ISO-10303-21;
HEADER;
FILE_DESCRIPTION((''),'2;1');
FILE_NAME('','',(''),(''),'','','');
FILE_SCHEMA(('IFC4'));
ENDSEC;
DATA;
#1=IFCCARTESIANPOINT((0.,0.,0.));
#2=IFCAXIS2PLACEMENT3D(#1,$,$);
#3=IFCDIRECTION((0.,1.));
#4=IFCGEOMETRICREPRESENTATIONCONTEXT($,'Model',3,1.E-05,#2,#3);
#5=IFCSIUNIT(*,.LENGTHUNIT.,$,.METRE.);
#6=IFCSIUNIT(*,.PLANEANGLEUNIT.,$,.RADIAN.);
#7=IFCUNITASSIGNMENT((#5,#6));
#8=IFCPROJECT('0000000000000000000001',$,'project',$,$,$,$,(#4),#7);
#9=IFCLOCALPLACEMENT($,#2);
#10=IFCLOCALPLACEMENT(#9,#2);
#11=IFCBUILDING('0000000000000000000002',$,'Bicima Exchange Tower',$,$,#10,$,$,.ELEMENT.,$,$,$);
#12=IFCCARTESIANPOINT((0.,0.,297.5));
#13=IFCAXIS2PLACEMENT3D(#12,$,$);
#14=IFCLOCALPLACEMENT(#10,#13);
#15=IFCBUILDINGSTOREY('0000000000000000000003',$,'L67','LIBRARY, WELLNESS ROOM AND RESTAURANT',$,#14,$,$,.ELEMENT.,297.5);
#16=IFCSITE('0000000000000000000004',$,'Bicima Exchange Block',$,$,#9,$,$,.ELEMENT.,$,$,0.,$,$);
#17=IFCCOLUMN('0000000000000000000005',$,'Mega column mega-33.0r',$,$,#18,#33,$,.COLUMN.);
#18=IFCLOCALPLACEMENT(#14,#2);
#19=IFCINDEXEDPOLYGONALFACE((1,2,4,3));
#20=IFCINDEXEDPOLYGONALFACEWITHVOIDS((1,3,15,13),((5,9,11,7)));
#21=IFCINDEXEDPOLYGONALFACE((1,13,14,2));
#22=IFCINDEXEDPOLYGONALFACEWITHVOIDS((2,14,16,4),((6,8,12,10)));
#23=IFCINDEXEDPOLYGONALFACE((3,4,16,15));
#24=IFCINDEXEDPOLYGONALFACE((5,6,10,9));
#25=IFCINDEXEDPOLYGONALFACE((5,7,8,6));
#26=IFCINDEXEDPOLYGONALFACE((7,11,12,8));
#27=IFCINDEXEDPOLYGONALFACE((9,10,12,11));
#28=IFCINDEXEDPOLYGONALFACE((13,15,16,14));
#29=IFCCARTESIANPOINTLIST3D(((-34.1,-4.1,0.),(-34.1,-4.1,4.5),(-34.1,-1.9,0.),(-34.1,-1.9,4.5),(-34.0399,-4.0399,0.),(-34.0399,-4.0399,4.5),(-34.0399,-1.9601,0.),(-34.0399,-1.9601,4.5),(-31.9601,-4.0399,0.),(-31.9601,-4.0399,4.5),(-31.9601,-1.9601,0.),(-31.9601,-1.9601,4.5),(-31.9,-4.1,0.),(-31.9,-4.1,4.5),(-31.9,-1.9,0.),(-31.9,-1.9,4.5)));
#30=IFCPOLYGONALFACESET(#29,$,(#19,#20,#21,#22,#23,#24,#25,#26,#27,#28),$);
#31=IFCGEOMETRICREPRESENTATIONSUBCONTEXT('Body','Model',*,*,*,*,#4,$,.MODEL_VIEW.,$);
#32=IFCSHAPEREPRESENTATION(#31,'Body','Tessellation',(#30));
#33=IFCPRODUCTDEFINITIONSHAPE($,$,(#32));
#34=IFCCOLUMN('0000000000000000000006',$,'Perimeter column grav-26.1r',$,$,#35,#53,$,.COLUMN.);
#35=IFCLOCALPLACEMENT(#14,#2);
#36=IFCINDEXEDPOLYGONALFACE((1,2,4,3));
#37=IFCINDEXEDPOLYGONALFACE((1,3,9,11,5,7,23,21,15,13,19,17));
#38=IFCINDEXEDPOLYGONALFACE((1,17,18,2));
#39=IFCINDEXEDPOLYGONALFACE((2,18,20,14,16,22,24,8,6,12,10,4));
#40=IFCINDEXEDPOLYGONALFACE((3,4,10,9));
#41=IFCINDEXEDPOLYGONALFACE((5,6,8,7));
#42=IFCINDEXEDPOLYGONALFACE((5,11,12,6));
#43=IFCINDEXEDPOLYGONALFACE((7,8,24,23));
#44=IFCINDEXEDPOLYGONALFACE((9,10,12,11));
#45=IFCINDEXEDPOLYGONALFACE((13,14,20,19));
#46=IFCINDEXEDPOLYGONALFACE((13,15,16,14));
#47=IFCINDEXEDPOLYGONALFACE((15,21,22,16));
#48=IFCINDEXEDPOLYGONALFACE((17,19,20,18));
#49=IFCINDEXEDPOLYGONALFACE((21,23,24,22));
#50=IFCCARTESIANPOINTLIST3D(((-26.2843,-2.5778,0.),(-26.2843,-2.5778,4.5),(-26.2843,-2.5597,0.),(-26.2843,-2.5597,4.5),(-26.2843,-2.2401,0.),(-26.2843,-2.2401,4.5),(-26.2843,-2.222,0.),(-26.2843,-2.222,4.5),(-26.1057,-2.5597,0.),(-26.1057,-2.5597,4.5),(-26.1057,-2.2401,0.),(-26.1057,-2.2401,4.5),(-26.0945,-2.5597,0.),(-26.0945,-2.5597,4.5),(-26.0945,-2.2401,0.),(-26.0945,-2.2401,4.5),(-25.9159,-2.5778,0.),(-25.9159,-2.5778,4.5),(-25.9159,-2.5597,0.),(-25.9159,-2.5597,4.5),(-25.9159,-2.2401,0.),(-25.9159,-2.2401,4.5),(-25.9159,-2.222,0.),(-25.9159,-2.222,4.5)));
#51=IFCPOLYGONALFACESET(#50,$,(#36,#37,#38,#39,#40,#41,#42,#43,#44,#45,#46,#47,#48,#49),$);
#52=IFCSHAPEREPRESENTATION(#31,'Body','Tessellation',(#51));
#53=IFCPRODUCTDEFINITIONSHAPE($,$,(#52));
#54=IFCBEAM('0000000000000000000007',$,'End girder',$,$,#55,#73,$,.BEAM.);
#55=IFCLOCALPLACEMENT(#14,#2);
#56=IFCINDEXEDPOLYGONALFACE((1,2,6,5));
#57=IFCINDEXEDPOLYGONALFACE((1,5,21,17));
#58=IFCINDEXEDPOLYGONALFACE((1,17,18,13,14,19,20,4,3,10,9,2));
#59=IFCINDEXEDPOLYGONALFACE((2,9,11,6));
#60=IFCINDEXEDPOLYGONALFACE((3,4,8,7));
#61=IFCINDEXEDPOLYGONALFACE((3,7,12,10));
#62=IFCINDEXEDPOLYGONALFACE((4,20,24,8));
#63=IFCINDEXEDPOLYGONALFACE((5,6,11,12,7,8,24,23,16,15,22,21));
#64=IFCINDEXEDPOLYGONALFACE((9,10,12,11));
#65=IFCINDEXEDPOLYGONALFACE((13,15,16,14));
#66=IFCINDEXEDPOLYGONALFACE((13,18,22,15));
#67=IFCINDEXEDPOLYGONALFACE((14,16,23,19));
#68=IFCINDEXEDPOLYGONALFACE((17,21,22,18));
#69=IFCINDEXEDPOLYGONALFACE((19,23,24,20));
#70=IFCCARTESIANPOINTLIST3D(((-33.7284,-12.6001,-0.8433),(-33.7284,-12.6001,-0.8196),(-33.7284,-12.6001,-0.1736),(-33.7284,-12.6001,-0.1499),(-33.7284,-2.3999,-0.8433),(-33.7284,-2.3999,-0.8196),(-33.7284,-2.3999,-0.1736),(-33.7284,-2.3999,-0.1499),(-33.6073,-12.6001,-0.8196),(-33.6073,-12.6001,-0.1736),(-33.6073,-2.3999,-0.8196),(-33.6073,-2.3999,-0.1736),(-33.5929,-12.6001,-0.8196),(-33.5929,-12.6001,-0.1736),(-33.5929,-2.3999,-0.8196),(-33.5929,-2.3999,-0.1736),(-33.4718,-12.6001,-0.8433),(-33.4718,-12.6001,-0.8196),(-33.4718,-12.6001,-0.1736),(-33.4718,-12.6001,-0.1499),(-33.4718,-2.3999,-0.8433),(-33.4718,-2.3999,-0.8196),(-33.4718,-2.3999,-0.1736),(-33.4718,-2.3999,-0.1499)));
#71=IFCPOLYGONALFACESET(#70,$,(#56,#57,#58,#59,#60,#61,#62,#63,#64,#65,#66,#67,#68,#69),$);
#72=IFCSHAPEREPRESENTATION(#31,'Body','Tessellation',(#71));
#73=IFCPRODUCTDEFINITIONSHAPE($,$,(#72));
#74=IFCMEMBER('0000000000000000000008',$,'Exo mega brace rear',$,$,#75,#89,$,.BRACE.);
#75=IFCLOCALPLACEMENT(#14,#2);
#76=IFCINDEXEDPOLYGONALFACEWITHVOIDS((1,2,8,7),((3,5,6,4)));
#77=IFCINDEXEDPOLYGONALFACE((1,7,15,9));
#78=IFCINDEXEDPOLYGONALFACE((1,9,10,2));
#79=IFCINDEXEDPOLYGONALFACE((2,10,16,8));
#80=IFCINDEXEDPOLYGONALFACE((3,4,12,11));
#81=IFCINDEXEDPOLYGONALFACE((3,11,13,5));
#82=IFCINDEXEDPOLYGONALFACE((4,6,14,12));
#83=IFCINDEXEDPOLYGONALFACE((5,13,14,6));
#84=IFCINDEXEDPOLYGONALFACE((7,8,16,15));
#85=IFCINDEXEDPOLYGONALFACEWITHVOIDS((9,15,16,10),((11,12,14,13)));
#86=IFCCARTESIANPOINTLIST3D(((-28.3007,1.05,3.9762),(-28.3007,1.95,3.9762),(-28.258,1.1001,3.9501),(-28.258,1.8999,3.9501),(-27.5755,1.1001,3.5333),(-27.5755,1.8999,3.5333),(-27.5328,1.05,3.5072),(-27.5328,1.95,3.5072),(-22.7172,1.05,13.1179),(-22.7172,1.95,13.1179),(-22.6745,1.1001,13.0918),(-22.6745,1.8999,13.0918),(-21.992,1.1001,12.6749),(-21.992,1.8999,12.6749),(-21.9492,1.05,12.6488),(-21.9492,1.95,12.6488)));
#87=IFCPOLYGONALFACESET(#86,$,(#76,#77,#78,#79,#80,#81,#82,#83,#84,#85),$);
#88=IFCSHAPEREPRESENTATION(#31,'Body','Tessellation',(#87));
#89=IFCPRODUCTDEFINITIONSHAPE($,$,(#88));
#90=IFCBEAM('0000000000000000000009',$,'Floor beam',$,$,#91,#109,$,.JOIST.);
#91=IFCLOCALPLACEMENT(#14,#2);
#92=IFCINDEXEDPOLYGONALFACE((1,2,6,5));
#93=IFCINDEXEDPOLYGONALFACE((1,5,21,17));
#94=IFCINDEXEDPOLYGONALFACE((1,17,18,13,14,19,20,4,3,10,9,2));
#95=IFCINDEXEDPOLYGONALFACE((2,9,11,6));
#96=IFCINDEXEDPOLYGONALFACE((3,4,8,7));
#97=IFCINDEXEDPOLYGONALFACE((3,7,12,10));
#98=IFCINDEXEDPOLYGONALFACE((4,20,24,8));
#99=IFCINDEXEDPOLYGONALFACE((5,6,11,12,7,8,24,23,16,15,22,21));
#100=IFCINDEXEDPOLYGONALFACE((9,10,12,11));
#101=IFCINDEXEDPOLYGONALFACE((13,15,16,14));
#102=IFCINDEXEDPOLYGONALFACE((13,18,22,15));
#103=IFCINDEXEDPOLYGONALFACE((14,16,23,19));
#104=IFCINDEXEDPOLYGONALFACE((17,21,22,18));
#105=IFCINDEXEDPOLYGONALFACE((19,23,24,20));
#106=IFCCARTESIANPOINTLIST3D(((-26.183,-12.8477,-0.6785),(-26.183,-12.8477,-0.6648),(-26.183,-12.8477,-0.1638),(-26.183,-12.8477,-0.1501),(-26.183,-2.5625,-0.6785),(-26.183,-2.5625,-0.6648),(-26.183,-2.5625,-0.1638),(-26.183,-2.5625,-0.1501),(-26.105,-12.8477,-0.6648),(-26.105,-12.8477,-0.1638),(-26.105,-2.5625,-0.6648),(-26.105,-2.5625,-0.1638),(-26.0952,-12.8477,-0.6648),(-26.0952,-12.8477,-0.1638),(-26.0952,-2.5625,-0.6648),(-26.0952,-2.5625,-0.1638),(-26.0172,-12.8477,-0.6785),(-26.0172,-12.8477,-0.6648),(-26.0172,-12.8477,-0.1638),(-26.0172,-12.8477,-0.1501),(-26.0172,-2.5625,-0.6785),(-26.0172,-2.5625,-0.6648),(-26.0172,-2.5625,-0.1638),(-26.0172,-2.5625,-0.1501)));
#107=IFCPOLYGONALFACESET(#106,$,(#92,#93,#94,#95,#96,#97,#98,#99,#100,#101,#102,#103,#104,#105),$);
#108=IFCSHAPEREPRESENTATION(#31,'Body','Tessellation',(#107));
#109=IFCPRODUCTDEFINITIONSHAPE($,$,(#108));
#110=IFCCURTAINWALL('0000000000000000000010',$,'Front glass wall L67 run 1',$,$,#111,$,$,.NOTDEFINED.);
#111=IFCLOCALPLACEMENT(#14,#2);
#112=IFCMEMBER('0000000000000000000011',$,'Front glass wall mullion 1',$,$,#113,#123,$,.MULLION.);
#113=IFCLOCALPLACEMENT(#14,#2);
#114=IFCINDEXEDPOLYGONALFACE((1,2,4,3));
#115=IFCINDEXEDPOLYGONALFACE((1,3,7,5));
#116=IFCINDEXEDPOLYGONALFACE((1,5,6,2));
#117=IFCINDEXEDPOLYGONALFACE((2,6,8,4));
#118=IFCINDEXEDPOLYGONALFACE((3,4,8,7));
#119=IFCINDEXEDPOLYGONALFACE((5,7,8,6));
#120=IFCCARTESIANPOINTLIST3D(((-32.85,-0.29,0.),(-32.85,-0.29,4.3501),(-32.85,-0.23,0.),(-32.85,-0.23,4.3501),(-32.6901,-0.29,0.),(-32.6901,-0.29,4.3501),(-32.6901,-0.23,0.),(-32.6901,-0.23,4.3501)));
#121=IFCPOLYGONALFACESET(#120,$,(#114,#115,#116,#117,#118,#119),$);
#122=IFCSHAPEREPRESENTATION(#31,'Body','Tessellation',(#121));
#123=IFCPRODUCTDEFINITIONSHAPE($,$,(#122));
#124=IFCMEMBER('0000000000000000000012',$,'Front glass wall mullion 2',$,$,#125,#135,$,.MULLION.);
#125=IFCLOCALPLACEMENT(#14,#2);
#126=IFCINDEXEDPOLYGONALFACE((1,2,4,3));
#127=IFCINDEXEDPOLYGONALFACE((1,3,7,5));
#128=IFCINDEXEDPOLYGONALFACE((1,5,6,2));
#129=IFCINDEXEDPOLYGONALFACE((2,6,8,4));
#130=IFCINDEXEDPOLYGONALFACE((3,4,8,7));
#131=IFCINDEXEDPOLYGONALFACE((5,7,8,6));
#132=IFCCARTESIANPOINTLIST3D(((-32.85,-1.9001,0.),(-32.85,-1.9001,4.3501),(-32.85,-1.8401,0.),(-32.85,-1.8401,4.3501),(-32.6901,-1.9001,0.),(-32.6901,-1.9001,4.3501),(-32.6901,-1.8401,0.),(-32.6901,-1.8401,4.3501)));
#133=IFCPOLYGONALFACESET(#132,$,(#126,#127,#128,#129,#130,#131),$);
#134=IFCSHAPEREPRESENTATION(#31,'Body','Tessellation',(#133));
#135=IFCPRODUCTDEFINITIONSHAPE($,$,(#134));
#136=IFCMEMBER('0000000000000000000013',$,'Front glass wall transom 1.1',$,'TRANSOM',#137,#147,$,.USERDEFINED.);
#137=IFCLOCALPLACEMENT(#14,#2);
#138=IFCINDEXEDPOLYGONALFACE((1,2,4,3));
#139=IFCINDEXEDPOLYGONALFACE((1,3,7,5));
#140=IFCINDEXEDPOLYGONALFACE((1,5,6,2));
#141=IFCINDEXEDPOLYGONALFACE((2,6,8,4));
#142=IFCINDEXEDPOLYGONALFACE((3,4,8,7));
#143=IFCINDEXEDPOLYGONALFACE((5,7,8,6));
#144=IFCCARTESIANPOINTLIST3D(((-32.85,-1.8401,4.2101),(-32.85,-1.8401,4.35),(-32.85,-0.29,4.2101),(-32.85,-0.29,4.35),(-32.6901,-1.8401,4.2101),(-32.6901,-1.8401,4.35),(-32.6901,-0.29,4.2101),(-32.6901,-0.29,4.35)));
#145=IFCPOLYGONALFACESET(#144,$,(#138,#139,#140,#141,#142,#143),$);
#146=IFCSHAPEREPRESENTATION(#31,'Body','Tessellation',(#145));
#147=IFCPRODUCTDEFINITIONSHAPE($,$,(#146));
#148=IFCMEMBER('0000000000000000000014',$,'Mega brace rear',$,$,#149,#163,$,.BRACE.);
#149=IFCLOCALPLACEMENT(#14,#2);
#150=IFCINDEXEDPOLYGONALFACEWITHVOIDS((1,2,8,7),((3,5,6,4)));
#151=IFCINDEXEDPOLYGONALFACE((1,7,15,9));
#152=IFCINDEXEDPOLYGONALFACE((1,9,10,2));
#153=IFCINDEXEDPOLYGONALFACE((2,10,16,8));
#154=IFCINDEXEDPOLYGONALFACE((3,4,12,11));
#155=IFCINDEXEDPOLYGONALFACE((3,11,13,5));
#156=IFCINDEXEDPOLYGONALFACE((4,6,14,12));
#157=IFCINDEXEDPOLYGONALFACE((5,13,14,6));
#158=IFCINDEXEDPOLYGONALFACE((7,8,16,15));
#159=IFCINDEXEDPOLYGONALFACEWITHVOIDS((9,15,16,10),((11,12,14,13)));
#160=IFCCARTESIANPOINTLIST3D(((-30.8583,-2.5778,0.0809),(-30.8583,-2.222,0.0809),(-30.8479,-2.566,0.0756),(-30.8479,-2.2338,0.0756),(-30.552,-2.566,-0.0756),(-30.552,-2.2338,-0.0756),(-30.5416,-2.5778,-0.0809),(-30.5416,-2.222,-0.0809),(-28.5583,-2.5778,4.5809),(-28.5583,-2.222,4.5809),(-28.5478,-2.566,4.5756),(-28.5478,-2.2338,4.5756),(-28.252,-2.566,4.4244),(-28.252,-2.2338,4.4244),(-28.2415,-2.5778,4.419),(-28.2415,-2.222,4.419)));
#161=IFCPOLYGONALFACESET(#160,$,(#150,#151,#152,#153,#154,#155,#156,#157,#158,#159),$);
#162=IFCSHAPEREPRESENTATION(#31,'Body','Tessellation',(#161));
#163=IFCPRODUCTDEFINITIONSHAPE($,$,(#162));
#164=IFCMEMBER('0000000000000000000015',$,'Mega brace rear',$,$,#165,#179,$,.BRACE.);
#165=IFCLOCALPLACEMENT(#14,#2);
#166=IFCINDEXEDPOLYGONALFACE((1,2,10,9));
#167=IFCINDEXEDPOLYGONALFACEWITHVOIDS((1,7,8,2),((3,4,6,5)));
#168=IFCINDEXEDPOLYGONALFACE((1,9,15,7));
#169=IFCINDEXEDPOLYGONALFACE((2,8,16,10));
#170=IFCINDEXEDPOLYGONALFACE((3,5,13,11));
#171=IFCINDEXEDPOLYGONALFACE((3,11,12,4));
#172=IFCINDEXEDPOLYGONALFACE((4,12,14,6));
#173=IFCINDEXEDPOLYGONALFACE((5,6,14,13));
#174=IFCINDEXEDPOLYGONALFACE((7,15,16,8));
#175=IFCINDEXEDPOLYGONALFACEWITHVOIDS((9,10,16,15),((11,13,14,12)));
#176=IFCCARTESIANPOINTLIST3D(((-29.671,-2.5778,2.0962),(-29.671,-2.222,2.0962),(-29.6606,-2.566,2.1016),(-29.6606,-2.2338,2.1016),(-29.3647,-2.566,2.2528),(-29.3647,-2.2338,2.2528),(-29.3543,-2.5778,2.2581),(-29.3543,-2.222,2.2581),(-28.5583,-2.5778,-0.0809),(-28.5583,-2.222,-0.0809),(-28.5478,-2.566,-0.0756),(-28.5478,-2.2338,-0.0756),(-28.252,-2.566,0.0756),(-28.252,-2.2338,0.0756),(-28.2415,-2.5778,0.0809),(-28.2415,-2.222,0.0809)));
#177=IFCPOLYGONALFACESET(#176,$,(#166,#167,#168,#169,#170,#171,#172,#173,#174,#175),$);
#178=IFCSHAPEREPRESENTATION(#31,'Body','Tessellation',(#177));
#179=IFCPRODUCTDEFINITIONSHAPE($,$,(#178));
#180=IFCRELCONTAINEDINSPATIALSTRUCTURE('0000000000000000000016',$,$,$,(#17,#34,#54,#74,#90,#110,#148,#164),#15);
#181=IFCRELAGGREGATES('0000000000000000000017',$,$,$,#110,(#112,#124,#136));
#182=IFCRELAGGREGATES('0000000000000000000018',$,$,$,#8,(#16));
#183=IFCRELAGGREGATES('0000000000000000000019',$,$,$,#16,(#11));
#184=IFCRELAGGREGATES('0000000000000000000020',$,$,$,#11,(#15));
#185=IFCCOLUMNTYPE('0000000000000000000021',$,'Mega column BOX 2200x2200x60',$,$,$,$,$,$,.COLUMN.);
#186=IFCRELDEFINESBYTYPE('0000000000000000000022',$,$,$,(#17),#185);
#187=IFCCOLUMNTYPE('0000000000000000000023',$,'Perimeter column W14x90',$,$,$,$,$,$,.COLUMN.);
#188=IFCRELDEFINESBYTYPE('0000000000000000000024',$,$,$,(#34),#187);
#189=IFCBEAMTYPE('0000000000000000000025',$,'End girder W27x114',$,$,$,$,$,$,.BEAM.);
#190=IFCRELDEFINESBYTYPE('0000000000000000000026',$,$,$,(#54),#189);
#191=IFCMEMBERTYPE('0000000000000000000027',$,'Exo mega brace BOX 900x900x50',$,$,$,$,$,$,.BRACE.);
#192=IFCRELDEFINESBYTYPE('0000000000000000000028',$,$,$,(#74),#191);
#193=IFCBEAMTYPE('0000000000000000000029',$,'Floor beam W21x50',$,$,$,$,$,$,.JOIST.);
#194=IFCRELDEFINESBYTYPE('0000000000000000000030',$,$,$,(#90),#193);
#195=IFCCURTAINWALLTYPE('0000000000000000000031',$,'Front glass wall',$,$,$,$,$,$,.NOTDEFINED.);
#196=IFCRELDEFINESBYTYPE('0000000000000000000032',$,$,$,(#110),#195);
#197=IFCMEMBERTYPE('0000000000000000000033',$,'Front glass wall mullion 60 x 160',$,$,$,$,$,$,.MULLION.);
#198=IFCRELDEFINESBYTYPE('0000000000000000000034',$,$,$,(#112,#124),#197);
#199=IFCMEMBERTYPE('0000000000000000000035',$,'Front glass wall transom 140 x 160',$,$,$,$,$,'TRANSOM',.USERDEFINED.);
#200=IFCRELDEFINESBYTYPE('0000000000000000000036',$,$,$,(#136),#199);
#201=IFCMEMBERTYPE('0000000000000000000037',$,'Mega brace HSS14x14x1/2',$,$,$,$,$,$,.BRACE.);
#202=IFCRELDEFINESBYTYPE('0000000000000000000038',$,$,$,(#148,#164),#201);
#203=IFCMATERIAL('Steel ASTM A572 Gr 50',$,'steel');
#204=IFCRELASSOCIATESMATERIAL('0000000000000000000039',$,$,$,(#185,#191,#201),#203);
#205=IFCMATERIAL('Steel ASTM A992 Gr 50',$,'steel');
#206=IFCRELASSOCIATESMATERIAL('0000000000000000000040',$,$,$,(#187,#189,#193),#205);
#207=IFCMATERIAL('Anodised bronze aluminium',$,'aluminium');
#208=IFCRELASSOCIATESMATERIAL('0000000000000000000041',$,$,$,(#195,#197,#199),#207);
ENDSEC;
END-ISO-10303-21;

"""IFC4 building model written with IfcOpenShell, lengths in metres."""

from ifc_helpers import new_model, si_unit, direction, frame, origin, origin_2d, place, context, subcontext, project, spatial, rectangle, hollow_rectangle, i_section, extrude, material, material_profile, profile_set, type_object, element, aggregate, save


model = new_model("IFC4")

# Units and contexts
model_context = context("Model", 3, precision=1e-05, world=origin(), true_north=direction((0.0, 1.0)))
body_context = subcontext(model_context, "Body", "Model", "MODEL_VIEW")
ifc_project = project(units=[si_unit("LENGTHUNIT", "METRE"), si_unit("PLANEANGLEUNIT", "RADIAN")], contexts=[model_context])

# Site, building, storey
site_placement = place(None, origin())
site = spatial("IfcSite", under=ifc_project, at=site_placement, Name="Bicima Exchange Block", CompositionType="ELEMENT", RefElevation=0.0)
building_placement = place(site_placement, origin())
building = spatial("IfcBuilding", under=site, at=building_placement, Name="Bicima Exchange Tower", CompositionType="ELEMENT")
storey_placement = place(building_placement, frame((0.0, 0.0, 297.5)))
storey = spatial("IfcBuildingStorey", under=building, at=storey_placement, Name="L67", Description="LIBRARY, WELLNESS ROOM AND RESTAURANT", CompositionType="ELEMENT", Elevation=297.5)

# Columns
ifc_material_1 = material(Name="Steel ASTM A572 Gr 50", Category="steel")
ifc_material_profile_1 = material_profile(ifc_material_1, hollow_rectangle(XDim=2.2, YDim=2.2, WallThickness=0.0601, at=origin_2d()))
ifc_profile_set_1 = profile_set([ifc_material_profile_1], Name="Steel ASTM A572 Gr 50")
column_type_1 = type_object("IfcColumnType", Name="Mega column BOX 2200x2200x60", PredefinedType="COLUMN", material=ifc_profile_set_1)
column_1_placement = place(storey_placement, frame((-33.0, -3.0, 0.0), z_axis=(0.0, 0.0, 1.0), x_axis=(1.0, 0.0, 0.0)))
element("IfcColumn", 1, at=column_1_placement, inside=storey, type_object=column_type_1, Name="Mega column mega-33.0r", PredefinedType="COLUMN", context=body_context, shape_type="SweptSolid", body=[
    extrude(hollow_rectangle(XDim=2.2, YDim=2.2, WallThickness=0.0601, at=origin_2d()), origin(), (0.0, 0.0, 1.0), 4.5),
])
ifc_material_2 = material(Name="Steel ASTM A992 Gr 50", Category="steel")
ifc_material_profile_2 = material_profile(ifc_material_2, i_section(OverallWidth=0.3684, OverallDepth=0.3557, WebThickness=0.0112, FlangeThickness=0.0181, at=origin_2d()))
ifc_profile_set_2 = profile_set([ifc_material_profile_2], Name="Steel ASTM A992 Gr 50")
column_type_2 = type_object("IfcColumnType", Name="Perimeter column W14x90", PredefinedType="COLUMN", material=ifc_profile_set_2)
column_2_placement = place(storey_placement, frame((-26.1001, -2.3999, 0.0), z_axis=(0.0, 0.0, 1.0), x_axis=(1.0, 0.0, 0.0)))
element("IfcColumn", 2, at=column_2_placement, inside=storey, type_object=column_type_2, Name="Perimeter column grav-26.1r", PredefinedType="COLUMN", context=body_context, shape_type="SweptSolid", body=[
    extrude(i_section(OverallWidth=0.3684, OverallDepth=0.3557, WebThickness=0.0112, FlangeThickness=0.0181, at=origin_2d()), origin(), (0.0, 0.0, 1.0), 4.5),
])

# Beam
ifc_material_profile_3 = material_profile(ifc_material_2, i_section(OverallWidth=0.2566, OverallDepth=0.6934, WebThickness=0.0144, FlangeThickness=0.0237, at=origin_2d()))
ifc_profile_set_3 = profile_set([ifc_material_profile_3], Name="Steel ASTM A992 Gr 50")
beam_type_1 = type_object("IfcBeamType", Name="End girder W27x114", PredefinedType="BEAM", material=ifc_profile_set_3)
beam_1_placement = place(storey_placement, frame((-33.6001, -2.3999, -0.4966), z_axis=(0.0, -1.0, 0.0), x_axis=(1.0, 0.0, 0.0)))
element("IfcBeam", 3, at=beam_1_placement, inside=storey, type_object=beam_type_1, Name="End girder", PredefinedType="BEAM", context=body_context, shape_type="SweptSolid", body=[
    extrude(i_section(OverallWidth=0.2566, OverallDepth=0.6934, WebThickness=0.0144, FlangeThickness=0.0237, at=origin_2d()), origin(), (0.0, 0.0, 1.0), 10.2002),
])

# Member
ifc_material_profile_4 = material_profile(ifc_material_1, hollow_rectangle(XDim=0.8999, YDim=0.8999, WallThickness=0.05, at=origin_2d()))
ifc_profile_set_4 = profile_set([ifc_material_profile_4], Name="Steel ASTM A572 Gr 50")
member_type_1 = type_object("IfcMemberType", Name="Exo mega brace BOX 900x900x50", PredefinedType="BRACE", material=ifc_profile_set_4)
member_1_placement = place(storey_placement, frame((-27.9167, 1.5, 3.7417), z_axis=(0.521243, 0.0, 0.853408), x_axis=(0.0, 1.0, 0.0)))
element("IfcMember", 4, at=member_1_placement, inside=storey, type_object=member_type_1, Name="Exo mega brace rear", PredefinedType="BRACE", context=body_context, shape_type="SweptSolid", body=[
    extrude(hollow_rectangle(XDim=0.8999, YDim=0.8999, WallThickness=0.05, at=origin_2d()), origin(), (0.0, 0.0, 1.0), 10.7119),
])

# Beam
ifc_material_profile_5 = material_profile(ifc_material_2, i_section(OverallWidth=0.1658, OverallDepth=0.5283, WebThickness=0.0098, FlangeThickness=0.0137, at=origin_2d()))
ifc_profile_set_5 = profile_set([ifc_material_profile_5], Name="Steel ASTM A992 Gr 50")
beam_type_2 = type_object("IfcBeamType", Name="Floor beam W21x50", PredefinedType="JOIST", material=ifc_profile_set_5)
beam_2_placement = place(storey_placement, frame((-26.1001, -2.5625, -0.4143), z_axis=(0.0, -1.0, 0.0), x_axis=(1.0, 0.0, 0.0)))
element("IfcBeam", 5, at=beam_2_placement, inside=storey, type_object=beam_type_2, Name="Floor beam", PredefinedType="JOIST", context=body_context, shape_type="SweptSolid", body=[
    extrude(i_section(OverallWidth=0.1658, OverallDepth=0.5283, WebThickness=0.0098, FlangeThickness=0.0137, at=origin_2d()), origin(), (0.0, 0.0, 1.0), 10.2852),
])

# Curtain wall, members
ifc_material_3 = material(Name="Anodised bronze aluminium", Category="aluminium")
curtain_wall_type = type_object("IfcCurtainWallType", Name="Front glass wall", PredefinedType="NOTDEFINED", material=ifc_material_3)
curtain_wall_placement = place(storey_placement, origin())
curtain_wall = element("IfcCurtainWall", 6, at=curtain_wall_placement, inside=storey, type_object=curtain_wall_type, Name="Front glass wall L67 run 1", PredefinedType="NOTDEFINED")
ifc_material_profile_6 = material_profile(ifc_material_3, rectangle(XDim=0.1599, YDim=0.0601, at=origin_2d()))
ifc_profile_set_6 = profile_set([ifc_material_profile_6], Name="Anodised bronze aluminium")
member_type_2 = type_object("IfcMemberType", Name="Front glass wall mullion 60 x 160", PredefinedType="MULLION", material=ifc_profile_set_6)
member_2_placement = place(storey_placement, frame((-32.77, -0.26, 0.0), z_axis=(0.0, 0.0, 1.0), x_axis=(1.0, 0.0, 0.0)))
member_2 = element("IfcMember", 7, at=member_2_placement, type_object=member_type_2, Name="Front glass wall mullion 1", PredefinedType="MULLION", context=body_context, shape_type="SweptSolid", body=[
    extrude(rectangle(XDim=0.1599, YDim=0.0601, at=origin_2d()), origin(), (0.0, 0.0, 1.0), 4.3501),
])
member_3_placement = place(storey_placement, frame((-32.77, -1.8701, 0.0), z_axis=(0.0, 0.0, 1.0), x_axis=(1.0, 0.0, 0.0)))
member_3 = element("IfcMember", 8, at=member_3_placement, type_object=member_type_2, Name="Front glass wall mullion 2", PredefinedType="MULLION", context=body_context, shape_type="SweptSolid", body=[
    extrude(rectangle(XDim=0.1599, YDim=0.0601, at=origin_2d()), origin(), (0.0, 0.0, 1.0), 4.3501),
])
ifc_material_profile_7 = material_profile(ifc_material_3, rectangle(XDim=0.1599, YDim=0.1399, at=origin_2d()))
ifc_profile_set_7 = profile_set([ifc_material_profile_7], Name="Anodised bronze aluminium")
member_type_3 = type_object("IfcMemberType", Name="Front glass wall transom 140 x 160", ElementType="TRANSOM", PredefinedType="USERDEFINED", material=ifc_profile_set_7)
member_4_placement = place(storey_placement, frame((-32.77, -0.29, 4.28), z_axis=(0.0, -1.0, 0.0), x_axis=(1.0, 0.0, 0.0)))
member_4 = element("IfcMember", 9, at=member_4_placement, type_object=member_type_3, Name="Front glass wall transom 1.1", ObjectType="TRANSOM", PredefinedType="USERDEFINED", context=body_context, shape_type="SweptSolid", body=[
    extrude(rectangle(XDim=0.1599, YDim=0.1399, at=origin_2d()), origin(), (0.0, 0.0, 1.0), 1.55),
])

# Members
ifc_material_profile_8 = material_profile(ifc_material_1, hollow_rectangle(XDim=0.3557, YDim=0.3557, WallThickness=0.0117, at=origin_2d()))
ifc_profile_set_8 = profile_set([ifc_material_profile_8], Name="Steel ASTM A572 Gr 50")
member_type_4 = type_object("IfcMemberType", Name="Mega brace HSS14x14x1/2", PredefinedType="BRACE", material=ifc_profile_set_8)
member_5_placement = place(storey_placement, frame((-30.7, -2.3999, 0.0), z_axis=(0.455119, 0.0, 0.890431), x_axis=(0.0, 1.0, 0.0)))
element("IfcMember", 10, at=member_5_placement, inside=storey, type_object=member_type_4, Name="Mega brace rear", PredefinedType="BRACE", context=body_context, shape_type="SweptSolid", body=[
    extrude(hollow_rectangle(XDim=0.3557, YDim=0.3557, WallThickness=0.0117, at=origin_2d()), origin(), (0.0, 0.0, 1.0), 5.0537),
])
for number, where, z_axis, x_axis, name in (
    (11, (-28.3999, -2.3999, 0.0), (-0.455104, 0.0, 0.890438), (0.0, -1.0, 0.0), "Mega brace rear"),
):
    element("IfcMember", number, at=place(storey_placement, frame(where, z_axis=z_axis, x_axis=x_axis)), inside=storey, type_object=member_type_4, Name=name, PredefinedType="BRACE", context=body_context, shape_type="SweptSolid", body=[
        extrude(hollow_rectangle(XDim=0.3557, YDim=0.3557, WallThickness=0.0117, at=origin_2d()), origin(), (0.0, 0.0, 1.0), 2.4451),
    ])

aggregate(curtain_wall, [member_2, member_3, member_4])

save(model, "model.ifc")
